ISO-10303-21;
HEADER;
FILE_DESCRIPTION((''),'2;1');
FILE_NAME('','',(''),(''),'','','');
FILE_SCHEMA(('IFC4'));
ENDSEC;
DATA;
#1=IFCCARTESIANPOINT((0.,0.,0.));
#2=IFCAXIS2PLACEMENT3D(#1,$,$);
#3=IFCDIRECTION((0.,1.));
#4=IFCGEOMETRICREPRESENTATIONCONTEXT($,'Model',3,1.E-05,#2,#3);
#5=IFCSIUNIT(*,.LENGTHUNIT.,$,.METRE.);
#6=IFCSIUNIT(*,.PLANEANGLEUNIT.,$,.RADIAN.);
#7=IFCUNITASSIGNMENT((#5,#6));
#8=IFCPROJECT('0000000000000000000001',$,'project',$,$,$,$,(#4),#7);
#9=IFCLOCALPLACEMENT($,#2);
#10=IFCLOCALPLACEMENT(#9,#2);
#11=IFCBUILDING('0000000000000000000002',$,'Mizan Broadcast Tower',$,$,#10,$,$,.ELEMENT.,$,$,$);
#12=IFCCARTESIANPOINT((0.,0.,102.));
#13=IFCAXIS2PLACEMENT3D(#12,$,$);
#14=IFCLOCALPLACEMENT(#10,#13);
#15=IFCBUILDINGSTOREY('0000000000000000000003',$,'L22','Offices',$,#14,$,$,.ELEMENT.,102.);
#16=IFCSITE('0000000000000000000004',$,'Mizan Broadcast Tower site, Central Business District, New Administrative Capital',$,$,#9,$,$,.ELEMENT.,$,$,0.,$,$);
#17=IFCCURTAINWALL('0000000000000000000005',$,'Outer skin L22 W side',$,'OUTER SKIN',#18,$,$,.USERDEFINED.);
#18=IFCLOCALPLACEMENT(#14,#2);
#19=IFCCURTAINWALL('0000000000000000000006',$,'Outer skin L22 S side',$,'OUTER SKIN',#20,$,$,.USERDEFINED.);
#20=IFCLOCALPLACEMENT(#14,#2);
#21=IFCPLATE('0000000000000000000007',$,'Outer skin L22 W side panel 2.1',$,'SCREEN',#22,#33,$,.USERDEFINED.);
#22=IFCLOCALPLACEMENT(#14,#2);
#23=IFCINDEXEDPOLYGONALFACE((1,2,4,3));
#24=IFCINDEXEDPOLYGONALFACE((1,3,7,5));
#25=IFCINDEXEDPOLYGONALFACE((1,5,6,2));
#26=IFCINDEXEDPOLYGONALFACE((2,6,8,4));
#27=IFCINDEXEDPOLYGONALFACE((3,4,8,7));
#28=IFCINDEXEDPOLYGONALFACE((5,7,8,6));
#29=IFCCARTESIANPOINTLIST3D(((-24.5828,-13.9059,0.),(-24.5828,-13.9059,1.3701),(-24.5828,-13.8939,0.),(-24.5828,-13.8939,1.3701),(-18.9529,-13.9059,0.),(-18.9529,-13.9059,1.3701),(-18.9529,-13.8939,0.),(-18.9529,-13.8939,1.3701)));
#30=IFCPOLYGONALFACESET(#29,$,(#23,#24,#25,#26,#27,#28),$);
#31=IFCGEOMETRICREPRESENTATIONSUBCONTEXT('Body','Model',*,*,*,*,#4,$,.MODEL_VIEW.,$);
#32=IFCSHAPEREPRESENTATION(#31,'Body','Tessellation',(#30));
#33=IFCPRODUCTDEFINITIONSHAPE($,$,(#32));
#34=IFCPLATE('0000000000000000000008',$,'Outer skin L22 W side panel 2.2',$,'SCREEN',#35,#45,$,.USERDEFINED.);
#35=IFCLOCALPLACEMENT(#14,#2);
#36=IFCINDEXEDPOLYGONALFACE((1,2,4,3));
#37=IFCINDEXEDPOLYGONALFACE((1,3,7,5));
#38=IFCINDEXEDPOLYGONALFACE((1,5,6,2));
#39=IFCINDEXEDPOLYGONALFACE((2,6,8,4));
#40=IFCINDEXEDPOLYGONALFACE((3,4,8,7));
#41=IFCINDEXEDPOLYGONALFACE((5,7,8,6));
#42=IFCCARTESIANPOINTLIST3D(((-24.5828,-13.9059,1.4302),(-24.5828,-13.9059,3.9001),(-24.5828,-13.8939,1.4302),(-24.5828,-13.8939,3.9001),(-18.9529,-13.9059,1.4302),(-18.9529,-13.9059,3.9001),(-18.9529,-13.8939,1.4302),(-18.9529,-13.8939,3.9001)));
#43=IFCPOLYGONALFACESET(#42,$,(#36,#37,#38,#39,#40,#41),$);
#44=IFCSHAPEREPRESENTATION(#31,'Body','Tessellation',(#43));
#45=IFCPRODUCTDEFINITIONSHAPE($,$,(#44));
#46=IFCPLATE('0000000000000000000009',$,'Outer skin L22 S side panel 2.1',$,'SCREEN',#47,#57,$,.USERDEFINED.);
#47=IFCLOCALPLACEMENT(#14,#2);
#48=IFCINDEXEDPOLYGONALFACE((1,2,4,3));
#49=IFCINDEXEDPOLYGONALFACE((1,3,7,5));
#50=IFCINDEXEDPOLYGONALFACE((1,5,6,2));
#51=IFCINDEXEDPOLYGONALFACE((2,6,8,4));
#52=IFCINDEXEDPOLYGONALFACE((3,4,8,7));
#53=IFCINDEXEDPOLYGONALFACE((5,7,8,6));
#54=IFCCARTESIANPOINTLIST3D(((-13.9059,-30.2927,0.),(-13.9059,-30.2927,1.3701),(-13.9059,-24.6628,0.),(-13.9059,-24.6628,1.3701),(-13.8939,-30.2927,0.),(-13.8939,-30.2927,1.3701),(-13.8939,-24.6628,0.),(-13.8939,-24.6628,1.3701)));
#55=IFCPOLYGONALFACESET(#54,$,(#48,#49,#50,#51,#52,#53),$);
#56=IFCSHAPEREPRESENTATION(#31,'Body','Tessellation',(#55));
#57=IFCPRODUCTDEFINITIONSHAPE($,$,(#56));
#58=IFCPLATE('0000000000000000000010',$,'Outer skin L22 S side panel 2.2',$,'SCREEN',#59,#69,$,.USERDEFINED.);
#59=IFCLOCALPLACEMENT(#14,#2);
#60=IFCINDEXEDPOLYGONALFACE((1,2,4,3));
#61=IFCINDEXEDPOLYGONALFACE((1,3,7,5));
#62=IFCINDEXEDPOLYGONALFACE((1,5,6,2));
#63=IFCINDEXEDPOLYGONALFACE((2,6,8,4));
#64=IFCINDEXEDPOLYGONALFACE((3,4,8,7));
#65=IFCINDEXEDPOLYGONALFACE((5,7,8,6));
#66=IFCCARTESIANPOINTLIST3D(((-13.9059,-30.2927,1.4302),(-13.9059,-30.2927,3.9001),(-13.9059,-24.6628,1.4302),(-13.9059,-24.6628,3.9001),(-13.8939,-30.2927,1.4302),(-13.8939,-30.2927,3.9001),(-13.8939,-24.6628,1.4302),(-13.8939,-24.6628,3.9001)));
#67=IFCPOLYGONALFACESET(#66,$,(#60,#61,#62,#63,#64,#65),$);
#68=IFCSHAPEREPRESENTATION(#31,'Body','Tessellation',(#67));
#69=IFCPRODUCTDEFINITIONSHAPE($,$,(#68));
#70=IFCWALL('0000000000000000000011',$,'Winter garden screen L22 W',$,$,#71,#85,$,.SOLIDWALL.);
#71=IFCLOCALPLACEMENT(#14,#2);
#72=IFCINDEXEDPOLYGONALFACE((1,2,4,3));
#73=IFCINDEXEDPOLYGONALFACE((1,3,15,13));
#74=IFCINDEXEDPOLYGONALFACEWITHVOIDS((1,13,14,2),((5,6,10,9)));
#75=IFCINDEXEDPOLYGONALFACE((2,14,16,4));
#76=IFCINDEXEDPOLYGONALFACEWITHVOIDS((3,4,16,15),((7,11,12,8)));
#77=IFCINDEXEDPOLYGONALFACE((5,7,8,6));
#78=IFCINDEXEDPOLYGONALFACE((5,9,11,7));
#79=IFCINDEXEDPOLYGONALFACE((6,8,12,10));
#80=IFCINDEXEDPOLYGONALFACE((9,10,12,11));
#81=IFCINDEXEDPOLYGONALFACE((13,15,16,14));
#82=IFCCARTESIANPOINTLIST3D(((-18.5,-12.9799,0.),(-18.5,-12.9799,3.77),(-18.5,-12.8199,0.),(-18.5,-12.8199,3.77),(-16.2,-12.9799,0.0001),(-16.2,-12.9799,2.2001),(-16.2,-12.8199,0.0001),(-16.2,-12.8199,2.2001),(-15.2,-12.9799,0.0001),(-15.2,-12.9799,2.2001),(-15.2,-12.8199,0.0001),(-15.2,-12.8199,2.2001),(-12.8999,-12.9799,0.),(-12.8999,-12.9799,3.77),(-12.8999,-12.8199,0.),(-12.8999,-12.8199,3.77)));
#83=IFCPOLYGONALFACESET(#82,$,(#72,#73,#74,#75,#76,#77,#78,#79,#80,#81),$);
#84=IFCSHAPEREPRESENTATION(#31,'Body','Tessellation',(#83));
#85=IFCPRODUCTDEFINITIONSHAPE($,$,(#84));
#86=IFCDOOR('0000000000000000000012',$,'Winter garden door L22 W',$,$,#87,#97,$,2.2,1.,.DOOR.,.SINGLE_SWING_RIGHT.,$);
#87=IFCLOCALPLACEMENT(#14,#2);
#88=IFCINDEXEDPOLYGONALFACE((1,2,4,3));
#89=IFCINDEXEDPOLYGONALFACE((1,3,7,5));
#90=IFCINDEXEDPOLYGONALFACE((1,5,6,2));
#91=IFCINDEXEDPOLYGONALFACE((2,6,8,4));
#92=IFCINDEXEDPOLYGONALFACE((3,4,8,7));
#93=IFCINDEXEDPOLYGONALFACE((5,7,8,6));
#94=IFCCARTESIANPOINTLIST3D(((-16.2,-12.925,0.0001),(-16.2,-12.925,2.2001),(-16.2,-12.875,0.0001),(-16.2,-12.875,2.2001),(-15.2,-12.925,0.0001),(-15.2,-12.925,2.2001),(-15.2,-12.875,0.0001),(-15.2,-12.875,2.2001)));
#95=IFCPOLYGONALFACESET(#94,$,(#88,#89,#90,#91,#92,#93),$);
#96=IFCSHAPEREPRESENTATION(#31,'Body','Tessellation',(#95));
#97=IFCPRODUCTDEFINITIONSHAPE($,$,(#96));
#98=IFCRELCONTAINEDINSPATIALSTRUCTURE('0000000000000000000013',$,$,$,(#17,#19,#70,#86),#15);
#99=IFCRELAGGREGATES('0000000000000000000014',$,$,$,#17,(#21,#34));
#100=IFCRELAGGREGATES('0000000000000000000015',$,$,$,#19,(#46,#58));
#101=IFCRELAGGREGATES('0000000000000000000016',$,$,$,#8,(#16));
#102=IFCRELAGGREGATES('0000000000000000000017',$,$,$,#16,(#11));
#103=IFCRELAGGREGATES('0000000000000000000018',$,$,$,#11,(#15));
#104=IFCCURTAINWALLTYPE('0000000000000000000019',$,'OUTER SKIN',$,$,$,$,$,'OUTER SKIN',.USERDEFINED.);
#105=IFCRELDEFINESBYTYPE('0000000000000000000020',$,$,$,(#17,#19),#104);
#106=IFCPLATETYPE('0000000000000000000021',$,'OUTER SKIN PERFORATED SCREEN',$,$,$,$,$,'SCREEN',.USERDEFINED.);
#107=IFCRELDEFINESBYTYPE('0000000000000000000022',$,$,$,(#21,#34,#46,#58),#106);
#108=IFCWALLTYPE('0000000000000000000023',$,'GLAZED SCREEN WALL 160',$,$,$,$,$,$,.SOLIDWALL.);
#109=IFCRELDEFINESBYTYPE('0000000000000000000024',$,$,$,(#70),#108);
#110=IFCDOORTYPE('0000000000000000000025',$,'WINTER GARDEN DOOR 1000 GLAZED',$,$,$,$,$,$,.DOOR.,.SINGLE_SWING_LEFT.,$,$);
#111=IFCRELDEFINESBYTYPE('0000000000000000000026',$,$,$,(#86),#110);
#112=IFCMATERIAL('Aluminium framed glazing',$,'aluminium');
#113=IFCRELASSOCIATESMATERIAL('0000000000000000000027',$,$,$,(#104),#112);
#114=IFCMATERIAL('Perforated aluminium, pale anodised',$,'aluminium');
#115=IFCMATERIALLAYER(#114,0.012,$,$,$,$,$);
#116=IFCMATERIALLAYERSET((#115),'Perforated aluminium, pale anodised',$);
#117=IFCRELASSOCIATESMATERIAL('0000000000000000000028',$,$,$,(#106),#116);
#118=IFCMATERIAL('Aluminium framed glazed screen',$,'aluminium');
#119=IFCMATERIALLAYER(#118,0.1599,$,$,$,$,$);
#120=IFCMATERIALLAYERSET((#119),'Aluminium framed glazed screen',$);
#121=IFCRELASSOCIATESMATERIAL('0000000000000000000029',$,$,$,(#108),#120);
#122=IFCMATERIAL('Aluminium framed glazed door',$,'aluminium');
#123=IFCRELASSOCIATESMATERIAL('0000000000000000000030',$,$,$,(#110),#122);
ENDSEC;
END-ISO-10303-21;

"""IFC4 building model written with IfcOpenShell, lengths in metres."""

from ifc_helpers import new_model, si_unit, direction, frame, frame_2d, origin, origin_2d, place, context, subcontext, project, spatial, rectangle, extrude, material, layer, layer_set, type_object, element, fill, aggregate, save


model = new_model("IFC4")

# Units and contexts
model_context = context("Model", 3, precision=1e-05, world=origin(), true_north=direction((0.0, 1.0)))
body_context = subcontext(model_context, "Body", "Model", "MODEL_VIEW")
ifc_project = project(units=[si_unit("LENGTHUNIT", "METRE"), si_unit("PLANEANGLEUNIT", "RADIAN")], contexts=[model_context])

# Site, building, storey
site_placement = place(None, origin())
site = spatial("IfcSite", under=ifc_project, at=site_placement, Name="Mizan Broadcast Tower site, Central Business District, New Administrative Capital", CompositionType="ELEMENT", RefElevation=0.0)
building_placement = place(site_placement, origin())
building = spatial("IfcBuilding", under=site, at=building_placement, Name="Mizan Broadcast Tower", CompositionType="ELEMENT")
storey_placement = place(building_placement, frame((0.0, 0.0, 102.0)))
storey = spatial("IfcBuildingStorey", under=building, at=storey_placement, Name="L22", Description="Offices", CompositionType="ELEMENT", Elevation=102.0)

# Shared definitions
ifc_material_1 = material(Name="Aluminium framed glazing", Category="aluminium")
curtain_wall_type_1 = type_object("IfcCurtainWallType", Name="OUTER SKIN", ElementType="OUTER SKIN", PredefinedType="USERDEFINED", material=ifc_material_1)

# Curtain wall
curtain_wall_1_placement = place(storey_placement, origin())
curtain_wall_1 = element("IfcCurtainWall", 1, at=curtain_wall_1_placement, inside=storey, type_object=curtain_wall_type_1, Name="Outer skin L22 W side", ObjectType="OUTER SKIN", PredefinedType="USERDEFINED")

# Curtain wall
curtain_wall_2_placement = place(storey_placement, origin())
curtain_wall_2 = element("IfcCurtainWall", 2, at=curtain_wall_2_placement, inside=storey, type_object=curtain_wall_type_1, Name="Outer skin L22 S side", ObjectType="OUTER SKIN", PredefinedType="USERDEFINED")

# Plates
ifc_material_2 = material(Name="Perforated aluminium, pale anodised", Category="aluminium")
ifc_layer_1 = layer(ifc_material_2, 0.012)
ifc_layer_set_1 = layer_set([ifc_layer_1], Name="Perforated aluminium, pale anodised")
plate_type_1 = type_object("IfcPlateType", Name="OUTER SKIN PERFORATED SCREEN", ElementType="SCREEN", PredefinedType="USERDEFINED", material=ifc_layer_set_1)
plate_1_placement = place(storey_placement, frame((-21.7678, -13.8999, 0.0), z_axis=(0.0, 0.0, 1.0), x_axis=(1.0, 0.0, 0.0)))
plate_1 = element("IfcPlate", 3, at=plate_1_placement, type_object=plate_type_1, Name="Outer skin L22 W side panel 2.1", ObjectType="SCREEN", PredefinedType="USERDEFINED", context=body_context, shape_type="SweptSolid", body=[
    extrude(rectangle(XDim=5.6299, YDim=0.012, at=origin_2d()), origin(), (0.0, 0.0, 1.0), 1.3701),
])
plate_2_placement = place(storey_placement, frame((-21.7678, -13.8999, 1.4302), z_axis=(0.0, 0.0, 1.0), x_axis=(1.0, 0.0, 0.0)))
plate_2 = element("IfcPlate", 4, at=plate_2_placement, type_object=plate_type_1, Name="Outer skin L22 W side panel 2.2", ObjectType="SCREEN", PredefinedType="USERDEFINED", context=body_context, shape_type="SweptSolid", body=[
    extrude(rectangle(XDim=5.6299, YDim=0.012, at=origin_2d()), origin(), (0.0, 0.0, 1.0), 2.47),
])
aggregate(curtain_wall_1, [plate_1, plate_2])
plate_3_placement = place(storey_placement, frame((-13.8999, -27.4778, 0.0), z_axis=(0.0, 0.0, 1.0), x_axis=(0.0, -1.0, 0.0)))
plate_3 = element("IfcPlate", 5, at=plate_3_placement, type_object=plate_type_1, Name="Outer skin L22 S side panel 2.1", ObjectType="SCREEN", PredefinedType="USERDEFINED", context=body_context, shape_type="SweptSolid", body=[
    extrude(rectangle(XDim=5.6299, YDim=0.012, at=origin_2d()), origin(), (0.0, 0.0, 1.0), 1.3701),
])
plate_4_placement = place(storey_placement, frame((-13.8999, -27.4778, 1.4302), z_axis=(0.0, 0.0, 1.0), x_axis=(0.0, -1.0, 0.0)))
plate_4 = element("IfcPlate", 6, at=plate_4_placement, type_object=plate_type_1, Name="Outer skin L22 S side panel 2.2", ObjectType="SCREEN", PredefinedType="USERDEFINED", context=body_context, shape_type="SweptSolid", body=[
    extrude(rectangle(XDim=5.6299, YDim=0.012, at=origin_2d()), origin(), (0.0, 0.0, 1.0), 2.47),
])
aggregate(curtain_wall_2, [plate_3, plate_4])

# Wall, opening, door
ifc_material_3 = material(Name="Aluminium framed glazed screen", Category="aluminium")
ifc_layer_2 = layer(ifc_material_3, 0.1599)
ifc_layer_set_2 = layer_set([ifc_layer_2], Name="Aluminium framed glazed screen")
wall_type = type_object("IfcWallType", Name="GLAZED SCREEN WALL 160", PredefinedType="SOLIDWALL", material=ifc_layer_set_2)
wall_placement = place(storey_placement, frame((-18.5, -12.8999, 0.0), z_axis=(0.0, 0.0, 1.0), x_axis=(1.0, 0.0, 0.0)))
wall = element("IfcWall", 7, at=wall_placement, inside=storey, type_object=wall_type, Name="Winter garden screen L22 W", PredefinedType="SOLIDWALL", context=body_context, shape_type="SweptSolid", body=[
    extrude(rectangle(XDim=5.6001, YDim=0.1599, at=frame_2d((2.8, 0.0))), origin(), (0.0, 0.0, 1.0), 3.77),
])
opening_placement = place(wall_placement, frame((2.3, 0.0, 0.0)))
opening = element("IfcOpeningElement", 8, at=opening_placement, cuts=wall, PredefinedType="OPENING", context=body_context, shape_type="SweptSolid", body=[
    extrude(rectangle(XDim=1.0, YDim=2.2, at=frame_2d((0.5, 1.1001))), frame((0.0, 0.0898, 0.0), z_axis=(0.0, -1.0, 0.0), x_axis=(1.0, 0.0, 0.0)), (0.0, 0.0, 1.0), 0.1799),
])
ifc_material_4 = material(Name="Aluminium framed glazed door", Category="aluminium")
door_type = type_object("IfcDoorType", Name="WINTER GARDEN DOOR 1000 GLAZED", OperationType="SINGLE_SWING_LEFT", PredefinedType="DOOR", material=ifc_material_4)
door_placement = place(opening_placement, origin())
door = element("IfcDoor", 9, at=door_placement, inside=storey, type_object=door_type, Name="Winter garden door L22 W", OperationType="SINGLE_SWING_RIGHT", OverallHeight=2.2, OverallWidth=1.0, PredefinedType="DOOR", context=body_context, shape_type="SweptSolid", body=[
    extrude(rectangle(XDim=1.0, YDim=2.2, at=frame_2d((0.5, 1.1001))), frame((0.0, 0.0249, 0.0), z_axis=(0.0, -1.0, 0.0), x_axis=(1.0, 0.0, 0.0)), (0.0, 0.0, 1.0), 0.05),
])
fill(opening, door)

save(model, "model.ifc")
